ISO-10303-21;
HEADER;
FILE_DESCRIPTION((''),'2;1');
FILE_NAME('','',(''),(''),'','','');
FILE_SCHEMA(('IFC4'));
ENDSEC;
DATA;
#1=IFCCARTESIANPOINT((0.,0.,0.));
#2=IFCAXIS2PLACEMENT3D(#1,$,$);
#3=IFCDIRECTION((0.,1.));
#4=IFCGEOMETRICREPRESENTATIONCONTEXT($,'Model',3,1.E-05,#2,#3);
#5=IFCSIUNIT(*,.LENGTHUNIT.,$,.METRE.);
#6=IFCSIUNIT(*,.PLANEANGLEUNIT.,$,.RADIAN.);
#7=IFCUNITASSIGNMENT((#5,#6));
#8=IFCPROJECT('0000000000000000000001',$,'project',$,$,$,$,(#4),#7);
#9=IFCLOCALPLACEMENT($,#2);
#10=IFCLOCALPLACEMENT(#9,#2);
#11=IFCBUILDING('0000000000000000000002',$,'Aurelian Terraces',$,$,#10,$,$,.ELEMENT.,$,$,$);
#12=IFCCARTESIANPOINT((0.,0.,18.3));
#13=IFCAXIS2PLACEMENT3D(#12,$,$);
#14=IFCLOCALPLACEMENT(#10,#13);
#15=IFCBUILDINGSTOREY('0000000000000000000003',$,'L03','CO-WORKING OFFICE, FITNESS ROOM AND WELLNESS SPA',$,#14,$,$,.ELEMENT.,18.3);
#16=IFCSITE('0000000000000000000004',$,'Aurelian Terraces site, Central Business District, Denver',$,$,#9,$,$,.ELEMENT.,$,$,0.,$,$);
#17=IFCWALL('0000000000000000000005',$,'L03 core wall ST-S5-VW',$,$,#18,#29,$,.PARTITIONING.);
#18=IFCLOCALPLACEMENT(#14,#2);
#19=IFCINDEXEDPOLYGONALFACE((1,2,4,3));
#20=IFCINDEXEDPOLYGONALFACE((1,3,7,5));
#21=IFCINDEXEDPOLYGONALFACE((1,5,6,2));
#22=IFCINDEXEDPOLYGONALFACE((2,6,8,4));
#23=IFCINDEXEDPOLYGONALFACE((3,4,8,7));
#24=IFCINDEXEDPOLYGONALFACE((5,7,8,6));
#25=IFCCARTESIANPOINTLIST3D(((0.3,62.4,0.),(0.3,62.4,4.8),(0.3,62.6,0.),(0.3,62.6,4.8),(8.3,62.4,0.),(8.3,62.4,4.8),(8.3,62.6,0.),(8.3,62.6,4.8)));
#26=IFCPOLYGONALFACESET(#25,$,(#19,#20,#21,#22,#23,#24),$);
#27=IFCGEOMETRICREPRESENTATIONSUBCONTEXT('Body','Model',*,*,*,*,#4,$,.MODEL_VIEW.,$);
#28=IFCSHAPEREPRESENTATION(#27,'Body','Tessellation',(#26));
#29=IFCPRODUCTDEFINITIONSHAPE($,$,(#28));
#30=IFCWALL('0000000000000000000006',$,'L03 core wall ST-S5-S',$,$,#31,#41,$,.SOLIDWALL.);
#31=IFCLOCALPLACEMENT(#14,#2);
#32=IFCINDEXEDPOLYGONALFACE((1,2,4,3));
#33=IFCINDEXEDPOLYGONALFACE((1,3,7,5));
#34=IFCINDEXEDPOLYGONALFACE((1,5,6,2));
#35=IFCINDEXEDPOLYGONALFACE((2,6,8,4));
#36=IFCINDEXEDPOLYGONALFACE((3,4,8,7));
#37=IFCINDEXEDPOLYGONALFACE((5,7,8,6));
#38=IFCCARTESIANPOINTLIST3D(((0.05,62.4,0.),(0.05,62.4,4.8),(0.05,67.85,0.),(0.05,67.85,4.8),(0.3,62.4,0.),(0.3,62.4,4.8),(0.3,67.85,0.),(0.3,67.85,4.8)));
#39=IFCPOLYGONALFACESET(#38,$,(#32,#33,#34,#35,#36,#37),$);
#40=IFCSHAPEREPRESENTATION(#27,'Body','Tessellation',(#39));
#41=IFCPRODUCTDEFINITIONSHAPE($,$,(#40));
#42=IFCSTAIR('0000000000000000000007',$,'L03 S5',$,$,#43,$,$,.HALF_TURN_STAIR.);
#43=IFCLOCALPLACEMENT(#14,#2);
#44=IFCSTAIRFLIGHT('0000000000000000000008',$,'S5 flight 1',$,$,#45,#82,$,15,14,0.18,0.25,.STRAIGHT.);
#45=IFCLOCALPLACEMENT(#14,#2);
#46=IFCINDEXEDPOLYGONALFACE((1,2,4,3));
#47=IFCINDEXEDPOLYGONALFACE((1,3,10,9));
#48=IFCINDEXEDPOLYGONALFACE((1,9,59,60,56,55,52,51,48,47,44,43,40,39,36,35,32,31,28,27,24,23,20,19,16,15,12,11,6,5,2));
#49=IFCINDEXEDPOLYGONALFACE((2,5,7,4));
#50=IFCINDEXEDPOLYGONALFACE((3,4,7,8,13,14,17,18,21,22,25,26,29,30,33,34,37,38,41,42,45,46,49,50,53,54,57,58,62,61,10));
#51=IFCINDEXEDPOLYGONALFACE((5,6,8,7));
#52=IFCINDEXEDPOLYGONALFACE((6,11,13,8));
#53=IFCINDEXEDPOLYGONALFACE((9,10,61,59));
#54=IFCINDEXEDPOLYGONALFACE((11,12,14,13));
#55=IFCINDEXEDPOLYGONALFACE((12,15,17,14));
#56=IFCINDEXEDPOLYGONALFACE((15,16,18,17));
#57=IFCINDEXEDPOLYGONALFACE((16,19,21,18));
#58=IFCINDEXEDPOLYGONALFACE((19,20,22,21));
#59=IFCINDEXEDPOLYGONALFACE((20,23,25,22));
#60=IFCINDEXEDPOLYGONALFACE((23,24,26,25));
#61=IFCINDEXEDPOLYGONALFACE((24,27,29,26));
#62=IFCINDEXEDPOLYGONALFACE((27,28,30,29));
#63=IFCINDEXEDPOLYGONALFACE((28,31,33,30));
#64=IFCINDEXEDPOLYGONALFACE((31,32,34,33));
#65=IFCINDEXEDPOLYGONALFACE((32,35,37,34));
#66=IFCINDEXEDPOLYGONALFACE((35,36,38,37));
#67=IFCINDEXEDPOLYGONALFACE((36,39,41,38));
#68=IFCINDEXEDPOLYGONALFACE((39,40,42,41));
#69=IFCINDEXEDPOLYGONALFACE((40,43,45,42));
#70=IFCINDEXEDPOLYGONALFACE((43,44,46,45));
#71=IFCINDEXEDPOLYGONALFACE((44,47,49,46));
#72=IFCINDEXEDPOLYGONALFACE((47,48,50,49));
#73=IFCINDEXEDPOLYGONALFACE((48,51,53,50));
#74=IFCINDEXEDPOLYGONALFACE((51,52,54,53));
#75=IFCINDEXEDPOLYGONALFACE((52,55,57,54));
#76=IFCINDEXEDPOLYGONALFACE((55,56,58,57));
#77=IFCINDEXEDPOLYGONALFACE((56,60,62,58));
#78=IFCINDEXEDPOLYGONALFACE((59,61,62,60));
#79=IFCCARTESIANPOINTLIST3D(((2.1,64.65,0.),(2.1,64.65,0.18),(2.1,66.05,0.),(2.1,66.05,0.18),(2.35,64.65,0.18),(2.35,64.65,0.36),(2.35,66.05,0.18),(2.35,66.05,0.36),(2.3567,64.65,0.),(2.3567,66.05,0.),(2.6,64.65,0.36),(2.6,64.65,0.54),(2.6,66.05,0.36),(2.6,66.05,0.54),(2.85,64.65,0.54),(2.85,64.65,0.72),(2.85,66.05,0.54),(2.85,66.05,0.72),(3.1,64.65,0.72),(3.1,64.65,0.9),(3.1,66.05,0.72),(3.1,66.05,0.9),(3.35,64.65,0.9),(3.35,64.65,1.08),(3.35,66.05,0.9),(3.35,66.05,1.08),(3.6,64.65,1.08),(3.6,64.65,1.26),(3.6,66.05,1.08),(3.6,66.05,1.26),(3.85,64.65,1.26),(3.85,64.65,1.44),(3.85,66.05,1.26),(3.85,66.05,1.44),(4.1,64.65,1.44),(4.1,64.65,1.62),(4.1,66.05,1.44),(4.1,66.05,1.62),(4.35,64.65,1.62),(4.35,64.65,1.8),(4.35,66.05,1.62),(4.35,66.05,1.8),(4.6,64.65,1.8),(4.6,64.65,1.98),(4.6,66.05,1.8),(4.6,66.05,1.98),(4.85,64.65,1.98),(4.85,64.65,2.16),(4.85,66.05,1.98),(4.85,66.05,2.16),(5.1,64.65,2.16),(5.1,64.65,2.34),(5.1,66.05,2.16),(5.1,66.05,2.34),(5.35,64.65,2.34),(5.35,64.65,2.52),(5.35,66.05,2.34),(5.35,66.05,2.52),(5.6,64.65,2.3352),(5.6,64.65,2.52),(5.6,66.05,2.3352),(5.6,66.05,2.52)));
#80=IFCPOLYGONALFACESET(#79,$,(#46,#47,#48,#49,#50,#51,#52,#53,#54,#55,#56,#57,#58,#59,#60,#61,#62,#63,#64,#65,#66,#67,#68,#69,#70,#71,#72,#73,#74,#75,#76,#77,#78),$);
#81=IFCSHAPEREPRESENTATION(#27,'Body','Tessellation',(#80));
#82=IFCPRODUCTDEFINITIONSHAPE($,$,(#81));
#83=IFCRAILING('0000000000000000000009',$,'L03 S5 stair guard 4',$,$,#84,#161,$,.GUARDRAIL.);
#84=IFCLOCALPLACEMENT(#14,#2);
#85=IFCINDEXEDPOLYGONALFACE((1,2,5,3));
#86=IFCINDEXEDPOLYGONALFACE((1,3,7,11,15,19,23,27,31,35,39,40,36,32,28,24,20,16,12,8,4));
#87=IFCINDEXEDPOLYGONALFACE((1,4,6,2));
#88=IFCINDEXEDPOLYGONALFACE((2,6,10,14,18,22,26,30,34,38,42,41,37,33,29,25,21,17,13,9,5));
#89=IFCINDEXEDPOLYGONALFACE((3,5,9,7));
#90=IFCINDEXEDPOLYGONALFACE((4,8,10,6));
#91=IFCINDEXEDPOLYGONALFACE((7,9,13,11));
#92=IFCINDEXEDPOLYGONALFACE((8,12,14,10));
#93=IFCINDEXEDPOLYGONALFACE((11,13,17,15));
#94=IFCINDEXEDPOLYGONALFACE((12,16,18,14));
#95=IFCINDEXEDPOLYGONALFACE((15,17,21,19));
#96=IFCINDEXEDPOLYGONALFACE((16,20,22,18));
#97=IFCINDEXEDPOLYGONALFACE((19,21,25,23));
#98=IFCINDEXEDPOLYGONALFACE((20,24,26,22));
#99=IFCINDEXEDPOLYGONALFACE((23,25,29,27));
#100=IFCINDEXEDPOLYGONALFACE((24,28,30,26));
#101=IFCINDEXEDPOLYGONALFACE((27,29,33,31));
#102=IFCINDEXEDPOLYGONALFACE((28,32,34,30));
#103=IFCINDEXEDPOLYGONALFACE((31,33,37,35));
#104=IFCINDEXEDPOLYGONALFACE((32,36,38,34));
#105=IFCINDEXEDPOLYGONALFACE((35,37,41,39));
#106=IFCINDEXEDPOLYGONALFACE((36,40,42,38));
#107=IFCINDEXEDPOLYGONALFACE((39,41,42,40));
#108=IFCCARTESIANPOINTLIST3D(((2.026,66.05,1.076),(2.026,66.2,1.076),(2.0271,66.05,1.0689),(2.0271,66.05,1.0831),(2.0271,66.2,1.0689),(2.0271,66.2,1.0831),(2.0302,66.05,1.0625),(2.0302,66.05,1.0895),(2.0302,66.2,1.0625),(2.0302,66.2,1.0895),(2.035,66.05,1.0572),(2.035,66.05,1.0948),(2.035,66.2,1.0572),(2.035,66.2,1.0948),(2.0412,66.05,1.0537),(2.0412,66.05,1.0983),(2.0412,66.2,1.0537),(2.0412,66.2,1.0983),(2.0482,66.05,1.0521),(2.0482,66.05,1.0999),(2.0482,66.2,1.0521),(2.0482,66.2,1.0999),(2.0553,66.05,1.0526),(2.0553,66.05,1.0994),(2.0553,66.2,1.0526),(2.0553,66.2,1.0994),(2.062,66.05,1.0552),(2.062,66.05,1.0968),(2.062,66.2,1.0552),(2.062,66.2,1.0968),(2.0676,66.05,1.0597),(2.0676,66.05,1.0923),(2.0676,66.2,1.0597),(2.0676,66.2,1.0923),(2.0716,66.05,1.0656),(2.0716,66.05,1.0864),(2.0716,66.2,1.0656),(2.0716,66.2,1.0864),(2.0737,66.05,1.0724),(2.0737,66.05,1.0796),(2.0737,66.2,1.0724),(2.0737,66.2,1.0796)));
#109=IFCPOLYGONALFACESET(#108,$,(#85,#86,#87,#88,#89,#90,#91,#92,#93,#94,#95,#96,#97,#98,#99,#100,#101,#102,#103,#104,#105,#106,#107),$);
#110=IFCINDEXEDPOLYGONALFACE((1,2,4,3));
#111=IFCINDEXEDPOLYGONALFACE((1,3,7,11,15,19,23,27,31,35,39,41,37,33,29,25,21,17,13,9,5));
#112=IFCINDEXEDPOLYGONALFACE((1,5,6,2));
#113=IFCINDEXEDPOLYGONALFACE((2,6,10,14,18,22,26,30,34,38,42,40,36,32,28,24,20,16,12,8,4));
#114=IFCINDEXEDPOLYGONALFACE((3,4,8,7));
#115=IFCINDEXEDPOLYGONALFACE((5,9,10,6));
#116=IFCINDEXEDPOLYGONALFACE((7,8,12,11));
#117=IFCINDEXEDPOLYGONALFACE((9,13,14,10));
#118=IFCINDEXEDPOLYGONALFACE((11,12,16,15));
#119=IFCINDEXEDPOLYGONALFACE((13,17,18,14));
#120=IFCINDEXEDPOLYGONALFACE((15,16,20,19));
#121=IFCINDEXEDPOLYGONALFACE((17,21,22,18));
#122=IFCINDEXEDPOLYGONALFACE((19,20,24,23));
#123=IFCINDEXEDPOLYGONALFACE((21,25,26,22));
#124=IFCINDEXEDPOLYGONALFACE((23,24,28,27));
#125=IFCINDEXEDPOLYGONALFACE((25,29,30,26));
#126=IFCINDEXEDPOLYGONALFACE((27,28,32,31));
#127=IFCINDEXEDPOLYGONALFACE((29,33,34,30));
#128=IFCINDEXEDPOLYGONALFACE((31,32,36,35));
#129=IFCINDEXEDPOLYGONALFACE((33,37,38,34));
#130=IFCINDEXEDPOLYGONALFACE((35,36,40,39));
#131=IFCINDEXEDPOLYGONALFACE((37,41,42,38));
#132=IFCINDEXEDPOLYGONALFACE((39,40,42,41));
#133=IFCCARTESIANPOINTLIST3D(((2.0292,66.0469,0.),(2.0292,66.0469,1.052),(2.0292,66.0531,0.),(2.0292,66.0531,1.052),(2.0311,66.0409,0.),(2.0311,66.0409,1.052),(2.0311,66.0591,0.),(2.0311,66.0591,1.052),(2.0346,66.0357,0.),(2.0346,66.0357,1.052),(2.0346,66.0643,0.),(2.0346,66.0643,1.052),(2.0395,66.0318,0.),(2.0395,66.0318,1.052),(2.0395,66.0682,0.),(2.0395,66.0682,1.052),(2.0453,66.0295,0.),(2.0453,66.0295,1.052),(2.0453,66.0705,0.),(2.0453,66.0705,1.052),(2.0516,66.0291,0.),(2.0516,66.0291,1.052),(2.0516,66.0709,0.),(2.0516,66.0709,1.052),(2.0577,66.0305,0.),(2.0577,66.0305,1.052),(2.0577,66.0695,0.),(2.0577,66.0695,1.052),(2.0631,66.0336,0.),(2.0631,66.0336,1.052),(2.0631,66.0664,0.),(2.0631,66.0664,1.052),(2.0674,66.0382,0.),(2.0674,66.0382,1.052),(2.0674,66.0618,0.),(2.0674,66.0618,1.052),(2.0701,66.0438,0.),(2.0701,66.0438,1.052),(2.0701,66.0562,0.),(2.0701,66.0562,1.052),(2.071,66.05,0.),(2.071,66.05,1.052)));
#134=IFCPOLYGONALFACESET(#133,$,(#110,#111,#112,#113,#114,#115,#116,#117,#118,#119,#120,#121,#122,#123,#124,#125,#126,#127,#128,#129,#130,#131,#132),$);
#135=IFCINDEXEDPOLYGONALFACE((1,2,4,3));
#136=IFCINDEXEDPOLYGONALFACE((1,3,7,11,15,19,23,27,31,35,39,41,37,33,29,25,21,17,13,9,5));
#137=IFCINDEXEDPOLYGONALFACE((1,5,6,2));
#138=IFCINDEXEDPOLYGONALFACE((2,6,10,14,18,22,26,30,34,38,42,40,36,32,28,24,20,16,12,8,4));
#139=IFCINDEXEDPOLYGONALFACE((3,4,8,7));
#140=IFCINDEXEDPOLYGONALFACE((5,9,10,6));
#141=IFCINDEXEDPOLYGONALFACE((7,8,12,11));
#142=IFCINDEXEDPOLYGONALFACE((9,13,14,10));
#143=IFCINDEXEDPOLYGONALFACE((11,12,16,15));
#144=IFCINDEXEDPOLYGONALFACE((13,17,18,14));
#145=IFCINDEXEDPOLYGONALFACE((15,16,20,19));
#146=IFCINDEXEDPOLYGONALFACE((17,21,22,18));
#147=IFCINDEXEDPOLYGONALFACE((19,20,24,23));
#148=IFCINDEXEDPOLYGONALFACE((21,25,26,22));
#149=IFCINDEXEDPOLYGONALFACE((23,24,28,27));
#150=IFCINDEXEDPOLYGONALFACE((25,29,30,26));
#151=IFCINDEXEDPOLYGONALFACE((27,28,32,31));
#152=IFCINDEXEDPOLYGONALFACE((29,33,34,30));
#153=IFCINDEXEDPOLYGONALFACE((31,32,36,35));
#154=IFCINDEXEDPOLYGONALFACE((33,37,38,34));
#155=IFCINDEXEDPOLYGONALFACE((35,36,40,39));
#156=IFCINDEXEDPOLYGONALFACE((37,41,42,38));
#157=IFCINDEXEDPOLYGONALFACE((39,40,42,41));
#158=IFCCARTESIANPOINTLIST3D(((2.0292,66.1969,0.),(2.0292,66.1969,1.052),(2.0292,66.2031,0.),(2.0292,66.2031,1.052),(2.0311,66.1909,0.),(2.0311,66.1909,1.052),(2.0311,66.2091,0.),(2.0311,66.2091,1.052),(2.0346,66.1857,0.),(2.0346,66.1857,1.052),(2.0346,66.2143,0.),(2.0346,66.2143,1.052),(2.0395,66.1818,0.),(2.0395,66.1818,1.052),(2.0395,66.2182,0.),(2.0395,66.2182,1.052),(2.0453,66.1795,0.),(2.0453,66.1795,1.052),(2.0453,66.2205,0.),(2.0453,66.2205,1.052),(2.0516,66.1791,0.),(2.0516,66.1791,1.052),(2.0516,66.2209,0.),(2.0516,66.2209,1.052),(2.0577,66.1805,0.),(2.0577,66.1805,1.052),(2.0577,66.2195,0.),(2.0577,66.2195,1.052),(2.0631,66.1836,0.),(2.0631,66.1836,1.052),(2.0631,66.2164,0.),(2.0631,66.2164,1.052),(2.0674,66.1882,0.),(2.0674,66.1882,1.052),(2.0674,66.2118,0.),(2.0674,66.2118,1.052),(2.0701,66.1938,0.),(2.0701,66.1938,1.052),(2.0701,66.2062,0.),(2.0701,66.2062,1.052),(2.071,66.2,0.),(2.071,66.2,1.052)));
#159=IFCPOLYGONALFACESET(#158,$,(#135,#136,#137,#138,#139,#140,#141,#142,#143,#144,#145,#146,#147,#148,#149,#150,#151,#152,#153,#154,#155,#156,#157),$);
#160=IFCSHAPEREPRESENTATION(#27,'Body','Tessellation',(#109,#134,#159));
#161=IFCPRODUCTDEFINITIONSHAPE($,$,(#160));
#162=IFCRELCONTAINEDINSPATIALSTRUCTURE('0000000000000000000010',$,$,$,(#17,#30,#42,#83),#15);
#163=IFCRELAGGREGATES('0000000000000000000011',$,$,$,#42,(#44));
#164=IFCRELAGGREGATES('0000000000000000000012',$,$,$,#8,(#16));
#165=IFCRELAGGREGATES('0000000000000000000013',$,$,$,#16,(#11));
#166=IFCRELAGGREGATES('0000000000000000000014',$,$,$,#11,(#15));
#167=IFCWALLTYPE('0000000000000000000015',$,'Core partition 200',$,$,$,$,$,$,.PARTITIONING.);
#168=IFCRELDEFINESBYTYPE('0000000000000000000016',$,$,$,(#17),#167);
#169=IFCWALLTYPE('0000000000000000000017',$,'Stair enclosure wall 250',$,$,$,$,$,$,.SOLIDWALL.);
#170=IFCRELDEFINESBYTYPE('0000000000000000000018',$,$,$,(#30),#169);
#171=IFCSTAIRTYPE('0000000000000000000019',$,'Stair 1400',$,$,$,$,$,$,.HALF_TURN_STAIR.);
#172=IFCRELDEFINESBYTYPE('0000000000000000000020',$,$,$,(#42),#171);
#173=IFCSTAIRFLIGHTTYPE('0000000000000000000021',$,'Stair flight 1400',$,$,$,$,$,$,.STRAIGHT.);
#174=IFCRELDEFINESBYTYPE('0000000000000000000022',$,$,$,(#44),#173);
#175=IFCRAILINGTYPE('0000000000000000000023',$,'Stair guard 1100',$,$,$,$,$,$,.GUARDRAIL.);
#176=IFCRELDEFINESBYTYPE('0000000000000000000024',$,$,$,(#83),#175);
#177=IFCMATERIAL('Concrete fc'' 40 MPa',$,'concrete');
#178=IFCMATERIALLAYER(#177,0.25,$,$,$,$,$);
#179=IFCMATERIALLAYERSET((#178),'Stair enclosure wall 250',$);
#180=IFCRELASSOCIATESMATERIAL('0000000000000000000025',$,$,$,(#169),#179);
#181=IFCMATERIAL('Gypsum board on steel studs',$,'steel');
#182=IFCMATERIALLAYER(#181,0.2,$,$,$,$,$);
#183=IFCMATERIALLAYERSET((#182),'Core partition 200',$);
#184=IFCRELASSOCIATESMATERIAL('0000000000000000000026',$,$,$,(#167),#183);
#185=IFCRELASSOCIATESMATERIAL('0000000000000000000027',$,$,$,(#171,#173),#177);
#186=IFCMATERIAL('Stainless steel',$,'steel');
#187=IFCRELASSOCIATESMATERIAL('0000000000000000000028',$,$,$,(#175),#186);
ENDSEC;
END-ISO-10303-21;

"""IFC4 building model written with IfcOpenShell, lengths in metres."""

from ifc_helpers import new_model, si_unit, direction, frame, frame_2d, origin, origin_2d, place, context, subcontext, project, spatial, polyline, rectangle, circle, outline, extrude, source, transform, mapped, material, layer, layer_set, type_object, element, aggregate, save


model = new_model("IFC4")

# Units and contexts
model_context = context("Model", 3, precision=1e-05, world=origin(), true_north=direction((0.0, 1.0)))
body_context = subcontext(model_context, "Body", "Model", "MODEL_VIEW")
ifc_project = project(units=[si_unit("LENGTHUNIT", "METRE"), si_unit("PLANEANGLEUNIT", "RADIAN")], contexts=[model_context])

# Site, building, storey
site_placement = place(None, origin())
site = spatial("IfcSite", under=ifc_project, at=site_placement, Name="Aurelian Terraces site, Central Business District, Denver", CompositionType="ELEMENT", RefElevation=0.0)
building_placement = place(site_placement, origin())
building = spatial("IfcBuilding", under=site, at=building_placement, Name="Aurelian Terraces", CompositionType="ELEMENT")
storey_placement = place(building_placement, frame((0.0, 0.0, 18.3)))
storey = spatial("IfcBuildingStorey", under=building, at=storey_placement, Name="L03", Description="CO-WORKING OFFICE, FITNESS ROOM AND WELLNESS SPA", CompositionType="ELEMENT", Elevation=18.3)

# Shared definitions
ifc_material_1 = material(Name="Concrete fc' 40 MPa", Category="concrete")
ifc_layer_1 = layer(ifc_material_1, 0.25)
ifc_layer_set_1 = layer_set([ifc_layer_1], Name="Stair enclosure wall 250")
wall_type_1 = type_object("IfcWallType", Name="Stair enclosure wall 250", PredefinedType="SOLIDWALL", material=ifc_layer_set_1)

# Walls
ifc_material_2 = material(Name="Gypsum board on steel studs", Category="steel")
ifc_layer_2 = layer(ifc_material_2, 0.2)
ifc_layer_set_2 = layer_set([ifc_layer_2], Name="Core partition 200")
wall_type_2 = type_object("IfcWallType", Name="Core partition 200", PredefinedType="PARTITIONING", material=ifc_layer_set_2)
shared_shape_1 = source(origin(), body_context, "Body", "SweptSolid", [
    extrude(rectangle(XDim=8.0, YDim=0.2, at=frame_2d((4.0, 0.0))), origin(), (0.0, 0.0, 1.0), 4.8),
])
wall_1_placement = place(storey_placement, frame((0.3, 62.5, 0.0), z_axis=(0.0, 0.0, 1.0), x_axis=(1.0, 0.0, 0.0)))
element("IfcWall", 1, at=wall_1_placement, inside=storey, type_object=wall_type_2, Name="L03 core wall ST-S5-VW", PredefinedType="PARTITIONING", context=body_context, shape_type="MappedRepresentation", body=[
    mapped(shared_shape_1, transform((0.0, 0.0, 0.0), scale=1.0)),
])
shared_shape_2 = source(origin(), body_context, "Body", "SweptSolid", [
    extrude(rectangle(XDim=5.45, YDim=0.25, at=frame_2d((2.725, 0.0))), origin(), (0.0, 0.0, 1.0), 4.8),
])
wall_2_placement = place(storey_placement, frame((0.175, 62.4, 0.0), z_axis=(0.0, 0.0, 1.0), x_axis=(0.0, 1.0, 0.0)))
element("IfcWall", 2, at=wall_2_placement, inside=storey, type_object=wall_type_1, Name="L03 core wall ST-S5-S", PredefinedType="SOLIDWALL", context=body_context, shape_type="MappedRepresentation", body=[
    mapped(shared_shape_2, transform((0.0, 0.0, 0.0), scale=1.0)),
])

# Stair, stair flight
stair_type = type_object("IfcStairType", Name="Stair 1400", PredefinedType="HALF_TURN_STAIR", material=ifc_material_1)
stair_placement = place(storey_placement, origin())
stair = element("IfcStair", 3, at=stair_placement, inside=storey, type_object=stair_type, Name="L03 S5", PredefinedType="HALF_TURN_STAIR")
stair_flight_type = type_object("IfcStairFlightType", Name="Stair flight 1400", PredefinedType="STRAIGHT", material=ifc_material_1)
shared_shape_3 = source(origin(), body_context, "Body", "SweptSolid", [
    extrude(outline(polyline([(0.0, 0.0), (0.0, 0.18), (0.25, 0.18), (0.25, 0.36), (0.5, 0.36), (0.5, 0.54), (0.75, 0.54), (0.75, 0.72), (1.0, 0.72), (1.0, 0.9), (1.25, 0.9), (1.25, 1.08), (1.5, 1.08), (1.5, 1.26), (1.75, 1.26), (1.75, 1.44), (2.0, 1.44), (2.0, 1.62), (2.25, 1.62), (2.25, 1.8), (2.5, 1.8), (2.5, 1.98), (2.75, 1.98), (2.75, 2.16), (3.0, 2.16), (3.0, 2.34), (3.25, 2.34), (3.25, 2.52), (3.5, 2.52), (3.5, 2.7), (3.5, 2.3352), (0.2567, 0.0), (0.0, 0.0)])), frame((0.0, 0.7, 0.0), z_axis=(0.0, -1.0, 0.0), x_axis=(1.0, 0.0, 0.0)), (0.0, 0.0, 1.0), 1.4),
])
stair_flight_placement = place(storey_placement, frame((2.1, 65.35, 0.0), z_axis=(0.0, 0.0, 1.0), x_axis=(1.0, 0.0, 0.0)))
stair_flight = element("IfcStairFlight", 4, at=stair_flight_placement, type_object=stair_flight_type, Name="S5 flight 1", NumberOfRisers=15, NumberOfTreads=14, PredefinedType="STRAIGHT", RiserHeight=0.18, TreadLength=0.25, context=body_context, shape_type="MappedRepresentation", body=[
    mapped(shared_shape_3, transform((0.0, 0.0, 0.0), scale=1.0)),
])
aggregate(stair, [stair_flight])

# Railing
ifc_material_3 = material(Name="Stainless steel", Category="steel")
railing_type_1 = type_object("IfcRailingType", Name="Stair guard 1100", PredefinedType="GUARDRAIL", material=ifc_material_3)
shared_shape_4 = source(origin(), body_context, "Body", "SweptSolid", [
    extrude(circle(Radius=0.024, at=origin_2d()), frame((0.0, 0.0, 1.076), z_axis=(0.0, 1.0, 0.0), x_axis=(-1.0, 0.0, 0.0)), (0.0, 0.0, 1.0), 0.15),
    extrude(circle(Radius=0.021, at=origin_2d()), origin(), (0.0, 0.0, 1.0), 1.052),
    extrude(circle(Radius=0.021, at=origin_2d()), frame((0.0, 0.15, 0.0)), (0.0, 0.0, 1.0), 1.052),
])
railing_1_placement = place(storey_placement, frame((2.05, 66.05, 0.0)))
element("IfcRailing", 5, at=railing_1_placement, inside=storey, type_object=railing_type_1, Name="L03 S5 stair guard 4", PredefinedType="GUARDRAIL", context=body_context, shape_type="MappedRepresentation", body=[
    mapped(shared_shape_4, transform((0.0, 0.0, 0.0), scale=1.0)),
])

save(model, "model.ifc")
